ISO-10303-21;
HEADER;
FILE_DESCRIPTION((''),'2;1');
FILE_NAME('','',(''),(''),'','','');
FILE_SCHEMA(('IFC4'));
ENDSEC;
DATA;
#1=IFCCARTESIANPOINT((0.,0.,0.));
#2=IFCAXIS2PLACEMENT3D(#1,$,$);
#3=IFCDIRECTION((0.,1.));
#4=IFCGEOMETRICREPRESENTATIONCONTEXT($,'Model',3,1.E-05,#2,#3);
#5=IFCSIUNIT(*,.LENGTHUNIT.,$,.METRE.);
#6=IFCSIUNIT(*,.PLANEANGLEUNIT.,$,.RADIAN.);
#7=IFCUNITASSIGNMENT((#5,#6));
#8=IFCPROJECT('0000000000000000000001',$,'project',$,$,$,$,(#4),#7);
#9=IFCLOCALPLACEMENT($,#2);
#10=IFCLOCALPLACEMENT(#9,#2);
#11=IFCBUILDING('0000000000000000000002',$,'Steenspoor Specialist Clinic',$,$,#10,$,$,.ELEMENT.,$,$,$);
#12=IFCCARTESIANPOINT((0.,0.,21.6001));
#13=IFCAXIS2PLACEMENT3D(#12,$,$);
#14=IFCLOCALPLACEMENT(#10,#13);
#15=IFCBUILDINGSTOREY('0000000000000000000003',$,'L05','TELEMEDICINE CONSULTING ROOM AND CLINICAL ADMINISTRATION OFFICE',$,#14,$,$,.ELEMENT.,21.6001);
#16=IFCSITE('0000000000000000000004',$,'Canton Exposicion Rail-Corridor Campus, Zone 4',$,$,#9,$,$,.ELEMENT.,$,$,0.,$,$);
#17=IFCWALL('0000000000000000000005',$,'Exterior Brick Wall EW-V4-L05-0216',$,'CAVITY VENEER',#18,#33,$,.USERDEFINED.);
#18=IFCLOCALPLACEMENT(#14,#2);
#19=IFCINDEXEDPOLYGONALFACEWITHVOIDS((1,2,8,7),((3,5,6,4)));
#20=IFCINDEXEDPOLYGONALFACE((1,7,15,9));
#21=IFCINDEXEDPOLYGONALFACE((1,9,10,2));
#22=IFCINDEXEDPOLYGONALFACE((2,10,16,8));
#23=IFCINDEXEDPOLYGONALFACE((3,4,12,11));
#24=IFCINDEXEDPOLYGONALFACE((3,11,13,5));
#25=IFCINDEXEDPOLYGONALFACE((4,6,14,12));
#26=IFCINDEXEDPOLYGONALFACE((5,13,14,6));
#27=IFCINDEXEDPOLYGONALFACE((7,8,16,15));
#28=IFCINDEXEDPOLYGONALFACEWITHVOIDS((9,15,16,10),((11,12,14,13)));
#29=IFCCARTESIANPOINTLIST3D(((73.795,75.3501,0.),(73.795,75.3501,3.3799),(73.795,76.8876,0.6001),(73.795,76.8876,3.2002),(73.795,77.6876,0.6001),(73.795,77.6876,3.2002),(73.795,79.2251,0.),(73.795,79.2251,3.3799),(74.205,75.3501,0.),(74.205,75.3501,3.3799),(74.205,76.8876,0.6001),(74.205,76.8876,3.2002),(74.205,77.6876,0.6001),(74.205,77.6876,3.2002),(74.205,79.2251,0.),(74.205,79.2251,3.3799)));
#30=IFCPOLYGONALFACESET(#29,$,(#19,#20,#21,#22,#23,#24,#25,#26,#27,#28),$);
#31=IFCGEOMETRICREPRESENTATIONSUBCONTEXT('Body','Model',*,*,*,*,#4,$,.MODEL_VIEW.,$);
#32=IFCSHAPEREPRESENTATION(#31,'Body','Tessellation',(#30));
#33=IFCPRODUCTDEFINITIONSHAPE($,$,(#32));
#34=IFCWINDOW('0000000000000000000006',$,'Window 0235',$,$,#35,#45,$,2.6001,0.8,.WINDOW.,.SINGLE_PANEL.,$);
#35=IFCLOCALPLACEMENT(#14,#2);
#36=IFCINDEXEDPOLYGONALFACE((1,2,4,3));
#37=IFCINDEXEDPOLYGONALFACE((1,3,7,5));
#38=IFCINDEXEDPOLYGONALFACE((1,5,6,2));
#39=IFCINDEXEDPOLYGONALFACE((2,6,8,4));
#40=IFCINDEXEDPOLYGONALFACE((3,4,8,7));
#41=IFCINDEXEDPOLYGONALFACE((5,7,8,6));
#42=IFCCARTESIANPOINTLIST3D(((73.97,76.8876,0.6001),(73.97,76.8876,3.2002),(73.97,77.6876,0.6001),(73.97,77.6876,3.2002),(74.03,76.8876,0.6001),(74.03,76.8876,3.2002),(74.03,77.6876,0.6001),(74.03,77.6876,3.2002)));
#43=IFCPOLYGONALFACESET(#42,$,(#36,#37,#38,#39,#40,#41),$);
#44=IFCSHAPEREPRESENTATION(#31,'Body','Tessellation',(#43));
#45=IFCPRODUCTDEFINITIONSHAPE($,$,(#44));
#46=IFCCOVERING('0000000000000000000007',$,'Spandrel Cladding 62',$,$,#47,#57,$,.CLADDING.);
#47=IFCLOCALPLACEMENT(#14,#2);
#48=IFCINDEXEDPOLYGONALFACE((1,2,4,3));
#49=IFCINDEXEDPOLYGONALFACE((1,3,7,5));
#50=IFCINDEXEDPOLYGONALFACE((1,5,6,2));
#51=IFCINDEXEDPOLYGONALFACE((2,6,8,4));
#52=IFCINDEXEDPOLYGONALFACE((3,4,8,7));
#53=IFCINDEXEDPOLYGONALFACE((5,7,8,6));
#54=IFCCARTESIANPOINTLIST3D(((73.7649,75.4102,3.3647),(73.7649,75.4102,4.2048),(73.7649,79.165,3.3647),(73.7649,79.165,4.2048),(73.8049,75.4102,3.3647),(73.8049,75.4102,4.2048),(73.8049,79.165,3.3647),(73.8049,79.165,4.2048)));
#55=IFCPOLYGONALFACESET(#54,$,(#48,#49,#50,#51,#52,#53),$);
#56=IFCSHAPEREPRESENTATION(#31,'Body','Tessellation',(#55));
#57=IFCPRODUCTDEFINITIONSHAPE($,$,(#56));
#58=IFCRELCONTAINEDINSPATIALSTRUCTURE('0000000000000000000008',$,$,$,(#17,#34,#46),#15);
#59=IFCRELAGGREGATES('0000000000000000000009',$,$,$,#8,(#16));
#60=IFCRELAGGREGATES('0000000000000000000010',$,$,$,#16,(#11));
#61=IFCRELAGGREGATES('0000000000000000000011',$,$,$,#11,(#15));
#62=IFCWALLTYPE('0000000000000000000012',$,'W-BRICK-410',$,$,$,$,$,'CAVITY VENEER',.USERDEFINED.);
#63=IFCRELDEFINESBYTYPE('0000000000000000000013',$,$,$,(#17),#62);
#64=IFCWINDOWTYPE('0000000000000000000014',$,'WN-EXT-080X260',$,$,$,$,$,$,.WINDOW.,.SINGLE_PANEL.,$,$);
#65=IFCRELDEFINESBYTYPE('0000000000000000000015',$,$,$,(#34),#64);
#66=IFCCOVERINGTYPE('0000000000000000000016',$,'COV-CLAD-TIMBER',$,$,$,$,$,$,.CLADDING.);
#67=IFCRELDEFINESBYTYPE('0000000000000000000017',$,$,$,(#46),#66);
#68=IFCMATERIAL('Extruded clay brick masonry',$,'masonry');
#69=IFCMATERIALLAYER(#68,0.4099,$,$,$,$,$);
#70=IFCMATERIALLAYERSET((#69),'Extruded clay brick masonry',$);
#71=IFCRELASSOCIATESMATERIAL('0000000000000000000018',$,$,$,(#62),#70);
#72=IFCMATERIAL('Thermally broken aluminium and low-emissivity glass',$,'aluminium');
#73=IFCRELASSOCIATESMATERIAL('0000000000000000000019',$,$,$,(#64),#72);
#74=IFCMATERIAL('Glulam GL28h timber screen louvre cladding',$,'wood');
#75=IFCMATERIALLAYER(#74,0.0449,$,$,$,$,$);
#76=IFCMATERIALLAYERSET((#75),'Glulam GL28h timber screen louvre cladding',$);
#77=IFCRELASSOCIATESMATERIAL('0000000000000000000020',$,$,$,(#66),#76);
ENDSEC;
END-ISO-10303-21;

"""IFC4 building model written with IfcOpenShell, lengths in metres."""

from ifc_helpers import new_model, si_unit, direction, frame, frame_2d, origin, origin_2d, place, context, subcontext, project, spatial, rectangle, extrude, material, layer, layer_set, type_object, element, fill, save


model = new_model("IFC4")

# Units and contexts
model_context = context("Model", 3, precision=1e-05, world=origin(), true_north=direction((0.0, 1.0)))
body_context = subcontext(model_context, "Body", "Model", "MODEL_VIEW")
ifc_project = project(units=[si_unit("LENGTHUNIT", "METRE"), si_unit("PLANEANGLEUNIT", "RADIAN")], contexts=[model_context])

# Site, building, storey
site_placement = place(None, origin())
site = spatial("IfcSite", under=ifc_project, at=site_placement, Name="Canton Exposicion Rail-Corridor Campus, Zone 4", CompositionType="ELEMENT", RefElevation=0.0)
building_placement = place(site_placement, origin())
building = spatial("IfcBuilding", under=site, at=building_placement, Name="Steenspoor Specialist Clinic", CompositionType="ELEMENT")
storey_placement = place(building_placement, frame((0.0, 0.0, 21.6001)))
storey = spatial("IfcBuildingStorey", under=building, at=storey_placement, Name="L05", Description="TELEMEDICINE CONSULTING ROOM AND CLINICAL ADMINISTRATION OFFICE", CompositionType="ELEMENT", Elevation=21.6001)

# Shared definitions
ifc_material_1 = material(Name="Thermally broken aluminium and low-emissivity glass", Category="aluminium")

# Wall, opening, window
ifc_material_2 = material(Name="Extruded clay brick masonry", Category="masonry")
ifc_layer_1 = layer(ifc_material_2, 0.4099)
ifc_layer_set_1 = layer_set([ifc_layer_1], Name="Extruded clay brick masonry")
wall_type = type_object("IfcWallType", Name="W-BRICK-410", ElementType="CAVITY VENEER", PredefinedType="USERDEFINED", material=ifc_layer_set_1)
wall_placement = place(storey_placement, frame((74.0, 75.3501, 0.0), z_axis=(0.0, 0.0, 1.0), x_axis=(0.0, 1.0, 0.0)))
wall = element("IfcWall", 1, at=wall_placement, inside=storey, type_object=wall_type, Name="Exterior Brick Wall EW-V4-L05-0216", ObjectType="CAVITY VENEER", PredefinedType="USERDEFINED", context=body_context, shape_type="SweptSolid", body=[
    extrude(rectangle(XDim=3.875, YDim=0.4099, at=frame_2d((1.9375, 0.0))), origin(), (0.0, 0.0, 1.0), 3.3799),
])
opening_1_placement = place(wall_placement, frame((1.5376, 0.0, 0.6001)))
opening_1 = element("IfcOpeningElement", 2, at=opening_1_placement, cuts=wall, PredefinedType="OPENING", context=body_context, shape_type="SweptSolid", body=[
    extrude(rectangle(XDim=0.8, YDim=2.6001, at=frame_2d((0.3999, 1.3))), frame((0.0, 0.2148, 0.0), z_axis=(0.0, -1.0, 0.0), x_axis=(1.0, 0.0, 0.0)), (0.0, 0.0, 1.0), 0.4299),
])
window_type_1 = type_object("IfcWindowType", Name="WN-EXT-080X260", PartitioningType="SINGLE_PANEL", PredefinedType="WINDOW", material=ifc_material_1)
window_1_placement = place(opening_1_placement, origin())
window_1 = element("IfcWindow", 3, at=window_1_placement, inside=storey, type_object=window_type_1, Name="Window 0235", OverallHeight=2.6001, OverallWidth=0.8, PartitioningType="SINGLE_PANEL", PredefinedType="WINDOW", context=body_context, shape_type="SweptSolid", body=[
    extrude(rectangle(XDim=0.8, YDim=2.6001, at=frame_2d((0.3999, 1.3))), frame((0.0, 0.03, 0.0), z_axis=(0.0, -1.0, 0.0), x_axis=(1.0, 0.0, 0.0)), (0.0, 0.0, 1.0), 0.0601),
])
fill(opening_1, window_1)

# Covering
ifc_material_3 = material(Name="Glulam GL28h timber screen louvre cladding", Category="wood")
ifc_layer_2 = layer(ifc_material_3, 0.0449)
ifc_layer_set_2 = layer_set([ifc_layer_2], Name="Glulam GL28h timber screen louvre cladding")
covering_type = type_object("IfcCoveringType", Name="COV-CLAD-TIMBER", PredefinedType="CLADDING", material=ifc_layer_set_2)
covering_placement = place(storey_placement, frame((73.7849, 77.2876, 3.3647), z_axis=(0.0, 0.0, 1.0), x_axis=(0.0, 1.0, 0.0)))
element("IfcCovering", 4, at=covering_placement, inside=storey, type_object=covering_type, Name="Spandrel Cladding 62", PredefinedType="CLADDING", context=body_context, shape_type="SweptSolid", body=[
    extrude(rectangle(XDim=3.7549, YDim=0.04, at=origin_2d()), origin(), (0.0, 0.0, 1.0), 0.8401),
])

save(model, "model.ifc")
